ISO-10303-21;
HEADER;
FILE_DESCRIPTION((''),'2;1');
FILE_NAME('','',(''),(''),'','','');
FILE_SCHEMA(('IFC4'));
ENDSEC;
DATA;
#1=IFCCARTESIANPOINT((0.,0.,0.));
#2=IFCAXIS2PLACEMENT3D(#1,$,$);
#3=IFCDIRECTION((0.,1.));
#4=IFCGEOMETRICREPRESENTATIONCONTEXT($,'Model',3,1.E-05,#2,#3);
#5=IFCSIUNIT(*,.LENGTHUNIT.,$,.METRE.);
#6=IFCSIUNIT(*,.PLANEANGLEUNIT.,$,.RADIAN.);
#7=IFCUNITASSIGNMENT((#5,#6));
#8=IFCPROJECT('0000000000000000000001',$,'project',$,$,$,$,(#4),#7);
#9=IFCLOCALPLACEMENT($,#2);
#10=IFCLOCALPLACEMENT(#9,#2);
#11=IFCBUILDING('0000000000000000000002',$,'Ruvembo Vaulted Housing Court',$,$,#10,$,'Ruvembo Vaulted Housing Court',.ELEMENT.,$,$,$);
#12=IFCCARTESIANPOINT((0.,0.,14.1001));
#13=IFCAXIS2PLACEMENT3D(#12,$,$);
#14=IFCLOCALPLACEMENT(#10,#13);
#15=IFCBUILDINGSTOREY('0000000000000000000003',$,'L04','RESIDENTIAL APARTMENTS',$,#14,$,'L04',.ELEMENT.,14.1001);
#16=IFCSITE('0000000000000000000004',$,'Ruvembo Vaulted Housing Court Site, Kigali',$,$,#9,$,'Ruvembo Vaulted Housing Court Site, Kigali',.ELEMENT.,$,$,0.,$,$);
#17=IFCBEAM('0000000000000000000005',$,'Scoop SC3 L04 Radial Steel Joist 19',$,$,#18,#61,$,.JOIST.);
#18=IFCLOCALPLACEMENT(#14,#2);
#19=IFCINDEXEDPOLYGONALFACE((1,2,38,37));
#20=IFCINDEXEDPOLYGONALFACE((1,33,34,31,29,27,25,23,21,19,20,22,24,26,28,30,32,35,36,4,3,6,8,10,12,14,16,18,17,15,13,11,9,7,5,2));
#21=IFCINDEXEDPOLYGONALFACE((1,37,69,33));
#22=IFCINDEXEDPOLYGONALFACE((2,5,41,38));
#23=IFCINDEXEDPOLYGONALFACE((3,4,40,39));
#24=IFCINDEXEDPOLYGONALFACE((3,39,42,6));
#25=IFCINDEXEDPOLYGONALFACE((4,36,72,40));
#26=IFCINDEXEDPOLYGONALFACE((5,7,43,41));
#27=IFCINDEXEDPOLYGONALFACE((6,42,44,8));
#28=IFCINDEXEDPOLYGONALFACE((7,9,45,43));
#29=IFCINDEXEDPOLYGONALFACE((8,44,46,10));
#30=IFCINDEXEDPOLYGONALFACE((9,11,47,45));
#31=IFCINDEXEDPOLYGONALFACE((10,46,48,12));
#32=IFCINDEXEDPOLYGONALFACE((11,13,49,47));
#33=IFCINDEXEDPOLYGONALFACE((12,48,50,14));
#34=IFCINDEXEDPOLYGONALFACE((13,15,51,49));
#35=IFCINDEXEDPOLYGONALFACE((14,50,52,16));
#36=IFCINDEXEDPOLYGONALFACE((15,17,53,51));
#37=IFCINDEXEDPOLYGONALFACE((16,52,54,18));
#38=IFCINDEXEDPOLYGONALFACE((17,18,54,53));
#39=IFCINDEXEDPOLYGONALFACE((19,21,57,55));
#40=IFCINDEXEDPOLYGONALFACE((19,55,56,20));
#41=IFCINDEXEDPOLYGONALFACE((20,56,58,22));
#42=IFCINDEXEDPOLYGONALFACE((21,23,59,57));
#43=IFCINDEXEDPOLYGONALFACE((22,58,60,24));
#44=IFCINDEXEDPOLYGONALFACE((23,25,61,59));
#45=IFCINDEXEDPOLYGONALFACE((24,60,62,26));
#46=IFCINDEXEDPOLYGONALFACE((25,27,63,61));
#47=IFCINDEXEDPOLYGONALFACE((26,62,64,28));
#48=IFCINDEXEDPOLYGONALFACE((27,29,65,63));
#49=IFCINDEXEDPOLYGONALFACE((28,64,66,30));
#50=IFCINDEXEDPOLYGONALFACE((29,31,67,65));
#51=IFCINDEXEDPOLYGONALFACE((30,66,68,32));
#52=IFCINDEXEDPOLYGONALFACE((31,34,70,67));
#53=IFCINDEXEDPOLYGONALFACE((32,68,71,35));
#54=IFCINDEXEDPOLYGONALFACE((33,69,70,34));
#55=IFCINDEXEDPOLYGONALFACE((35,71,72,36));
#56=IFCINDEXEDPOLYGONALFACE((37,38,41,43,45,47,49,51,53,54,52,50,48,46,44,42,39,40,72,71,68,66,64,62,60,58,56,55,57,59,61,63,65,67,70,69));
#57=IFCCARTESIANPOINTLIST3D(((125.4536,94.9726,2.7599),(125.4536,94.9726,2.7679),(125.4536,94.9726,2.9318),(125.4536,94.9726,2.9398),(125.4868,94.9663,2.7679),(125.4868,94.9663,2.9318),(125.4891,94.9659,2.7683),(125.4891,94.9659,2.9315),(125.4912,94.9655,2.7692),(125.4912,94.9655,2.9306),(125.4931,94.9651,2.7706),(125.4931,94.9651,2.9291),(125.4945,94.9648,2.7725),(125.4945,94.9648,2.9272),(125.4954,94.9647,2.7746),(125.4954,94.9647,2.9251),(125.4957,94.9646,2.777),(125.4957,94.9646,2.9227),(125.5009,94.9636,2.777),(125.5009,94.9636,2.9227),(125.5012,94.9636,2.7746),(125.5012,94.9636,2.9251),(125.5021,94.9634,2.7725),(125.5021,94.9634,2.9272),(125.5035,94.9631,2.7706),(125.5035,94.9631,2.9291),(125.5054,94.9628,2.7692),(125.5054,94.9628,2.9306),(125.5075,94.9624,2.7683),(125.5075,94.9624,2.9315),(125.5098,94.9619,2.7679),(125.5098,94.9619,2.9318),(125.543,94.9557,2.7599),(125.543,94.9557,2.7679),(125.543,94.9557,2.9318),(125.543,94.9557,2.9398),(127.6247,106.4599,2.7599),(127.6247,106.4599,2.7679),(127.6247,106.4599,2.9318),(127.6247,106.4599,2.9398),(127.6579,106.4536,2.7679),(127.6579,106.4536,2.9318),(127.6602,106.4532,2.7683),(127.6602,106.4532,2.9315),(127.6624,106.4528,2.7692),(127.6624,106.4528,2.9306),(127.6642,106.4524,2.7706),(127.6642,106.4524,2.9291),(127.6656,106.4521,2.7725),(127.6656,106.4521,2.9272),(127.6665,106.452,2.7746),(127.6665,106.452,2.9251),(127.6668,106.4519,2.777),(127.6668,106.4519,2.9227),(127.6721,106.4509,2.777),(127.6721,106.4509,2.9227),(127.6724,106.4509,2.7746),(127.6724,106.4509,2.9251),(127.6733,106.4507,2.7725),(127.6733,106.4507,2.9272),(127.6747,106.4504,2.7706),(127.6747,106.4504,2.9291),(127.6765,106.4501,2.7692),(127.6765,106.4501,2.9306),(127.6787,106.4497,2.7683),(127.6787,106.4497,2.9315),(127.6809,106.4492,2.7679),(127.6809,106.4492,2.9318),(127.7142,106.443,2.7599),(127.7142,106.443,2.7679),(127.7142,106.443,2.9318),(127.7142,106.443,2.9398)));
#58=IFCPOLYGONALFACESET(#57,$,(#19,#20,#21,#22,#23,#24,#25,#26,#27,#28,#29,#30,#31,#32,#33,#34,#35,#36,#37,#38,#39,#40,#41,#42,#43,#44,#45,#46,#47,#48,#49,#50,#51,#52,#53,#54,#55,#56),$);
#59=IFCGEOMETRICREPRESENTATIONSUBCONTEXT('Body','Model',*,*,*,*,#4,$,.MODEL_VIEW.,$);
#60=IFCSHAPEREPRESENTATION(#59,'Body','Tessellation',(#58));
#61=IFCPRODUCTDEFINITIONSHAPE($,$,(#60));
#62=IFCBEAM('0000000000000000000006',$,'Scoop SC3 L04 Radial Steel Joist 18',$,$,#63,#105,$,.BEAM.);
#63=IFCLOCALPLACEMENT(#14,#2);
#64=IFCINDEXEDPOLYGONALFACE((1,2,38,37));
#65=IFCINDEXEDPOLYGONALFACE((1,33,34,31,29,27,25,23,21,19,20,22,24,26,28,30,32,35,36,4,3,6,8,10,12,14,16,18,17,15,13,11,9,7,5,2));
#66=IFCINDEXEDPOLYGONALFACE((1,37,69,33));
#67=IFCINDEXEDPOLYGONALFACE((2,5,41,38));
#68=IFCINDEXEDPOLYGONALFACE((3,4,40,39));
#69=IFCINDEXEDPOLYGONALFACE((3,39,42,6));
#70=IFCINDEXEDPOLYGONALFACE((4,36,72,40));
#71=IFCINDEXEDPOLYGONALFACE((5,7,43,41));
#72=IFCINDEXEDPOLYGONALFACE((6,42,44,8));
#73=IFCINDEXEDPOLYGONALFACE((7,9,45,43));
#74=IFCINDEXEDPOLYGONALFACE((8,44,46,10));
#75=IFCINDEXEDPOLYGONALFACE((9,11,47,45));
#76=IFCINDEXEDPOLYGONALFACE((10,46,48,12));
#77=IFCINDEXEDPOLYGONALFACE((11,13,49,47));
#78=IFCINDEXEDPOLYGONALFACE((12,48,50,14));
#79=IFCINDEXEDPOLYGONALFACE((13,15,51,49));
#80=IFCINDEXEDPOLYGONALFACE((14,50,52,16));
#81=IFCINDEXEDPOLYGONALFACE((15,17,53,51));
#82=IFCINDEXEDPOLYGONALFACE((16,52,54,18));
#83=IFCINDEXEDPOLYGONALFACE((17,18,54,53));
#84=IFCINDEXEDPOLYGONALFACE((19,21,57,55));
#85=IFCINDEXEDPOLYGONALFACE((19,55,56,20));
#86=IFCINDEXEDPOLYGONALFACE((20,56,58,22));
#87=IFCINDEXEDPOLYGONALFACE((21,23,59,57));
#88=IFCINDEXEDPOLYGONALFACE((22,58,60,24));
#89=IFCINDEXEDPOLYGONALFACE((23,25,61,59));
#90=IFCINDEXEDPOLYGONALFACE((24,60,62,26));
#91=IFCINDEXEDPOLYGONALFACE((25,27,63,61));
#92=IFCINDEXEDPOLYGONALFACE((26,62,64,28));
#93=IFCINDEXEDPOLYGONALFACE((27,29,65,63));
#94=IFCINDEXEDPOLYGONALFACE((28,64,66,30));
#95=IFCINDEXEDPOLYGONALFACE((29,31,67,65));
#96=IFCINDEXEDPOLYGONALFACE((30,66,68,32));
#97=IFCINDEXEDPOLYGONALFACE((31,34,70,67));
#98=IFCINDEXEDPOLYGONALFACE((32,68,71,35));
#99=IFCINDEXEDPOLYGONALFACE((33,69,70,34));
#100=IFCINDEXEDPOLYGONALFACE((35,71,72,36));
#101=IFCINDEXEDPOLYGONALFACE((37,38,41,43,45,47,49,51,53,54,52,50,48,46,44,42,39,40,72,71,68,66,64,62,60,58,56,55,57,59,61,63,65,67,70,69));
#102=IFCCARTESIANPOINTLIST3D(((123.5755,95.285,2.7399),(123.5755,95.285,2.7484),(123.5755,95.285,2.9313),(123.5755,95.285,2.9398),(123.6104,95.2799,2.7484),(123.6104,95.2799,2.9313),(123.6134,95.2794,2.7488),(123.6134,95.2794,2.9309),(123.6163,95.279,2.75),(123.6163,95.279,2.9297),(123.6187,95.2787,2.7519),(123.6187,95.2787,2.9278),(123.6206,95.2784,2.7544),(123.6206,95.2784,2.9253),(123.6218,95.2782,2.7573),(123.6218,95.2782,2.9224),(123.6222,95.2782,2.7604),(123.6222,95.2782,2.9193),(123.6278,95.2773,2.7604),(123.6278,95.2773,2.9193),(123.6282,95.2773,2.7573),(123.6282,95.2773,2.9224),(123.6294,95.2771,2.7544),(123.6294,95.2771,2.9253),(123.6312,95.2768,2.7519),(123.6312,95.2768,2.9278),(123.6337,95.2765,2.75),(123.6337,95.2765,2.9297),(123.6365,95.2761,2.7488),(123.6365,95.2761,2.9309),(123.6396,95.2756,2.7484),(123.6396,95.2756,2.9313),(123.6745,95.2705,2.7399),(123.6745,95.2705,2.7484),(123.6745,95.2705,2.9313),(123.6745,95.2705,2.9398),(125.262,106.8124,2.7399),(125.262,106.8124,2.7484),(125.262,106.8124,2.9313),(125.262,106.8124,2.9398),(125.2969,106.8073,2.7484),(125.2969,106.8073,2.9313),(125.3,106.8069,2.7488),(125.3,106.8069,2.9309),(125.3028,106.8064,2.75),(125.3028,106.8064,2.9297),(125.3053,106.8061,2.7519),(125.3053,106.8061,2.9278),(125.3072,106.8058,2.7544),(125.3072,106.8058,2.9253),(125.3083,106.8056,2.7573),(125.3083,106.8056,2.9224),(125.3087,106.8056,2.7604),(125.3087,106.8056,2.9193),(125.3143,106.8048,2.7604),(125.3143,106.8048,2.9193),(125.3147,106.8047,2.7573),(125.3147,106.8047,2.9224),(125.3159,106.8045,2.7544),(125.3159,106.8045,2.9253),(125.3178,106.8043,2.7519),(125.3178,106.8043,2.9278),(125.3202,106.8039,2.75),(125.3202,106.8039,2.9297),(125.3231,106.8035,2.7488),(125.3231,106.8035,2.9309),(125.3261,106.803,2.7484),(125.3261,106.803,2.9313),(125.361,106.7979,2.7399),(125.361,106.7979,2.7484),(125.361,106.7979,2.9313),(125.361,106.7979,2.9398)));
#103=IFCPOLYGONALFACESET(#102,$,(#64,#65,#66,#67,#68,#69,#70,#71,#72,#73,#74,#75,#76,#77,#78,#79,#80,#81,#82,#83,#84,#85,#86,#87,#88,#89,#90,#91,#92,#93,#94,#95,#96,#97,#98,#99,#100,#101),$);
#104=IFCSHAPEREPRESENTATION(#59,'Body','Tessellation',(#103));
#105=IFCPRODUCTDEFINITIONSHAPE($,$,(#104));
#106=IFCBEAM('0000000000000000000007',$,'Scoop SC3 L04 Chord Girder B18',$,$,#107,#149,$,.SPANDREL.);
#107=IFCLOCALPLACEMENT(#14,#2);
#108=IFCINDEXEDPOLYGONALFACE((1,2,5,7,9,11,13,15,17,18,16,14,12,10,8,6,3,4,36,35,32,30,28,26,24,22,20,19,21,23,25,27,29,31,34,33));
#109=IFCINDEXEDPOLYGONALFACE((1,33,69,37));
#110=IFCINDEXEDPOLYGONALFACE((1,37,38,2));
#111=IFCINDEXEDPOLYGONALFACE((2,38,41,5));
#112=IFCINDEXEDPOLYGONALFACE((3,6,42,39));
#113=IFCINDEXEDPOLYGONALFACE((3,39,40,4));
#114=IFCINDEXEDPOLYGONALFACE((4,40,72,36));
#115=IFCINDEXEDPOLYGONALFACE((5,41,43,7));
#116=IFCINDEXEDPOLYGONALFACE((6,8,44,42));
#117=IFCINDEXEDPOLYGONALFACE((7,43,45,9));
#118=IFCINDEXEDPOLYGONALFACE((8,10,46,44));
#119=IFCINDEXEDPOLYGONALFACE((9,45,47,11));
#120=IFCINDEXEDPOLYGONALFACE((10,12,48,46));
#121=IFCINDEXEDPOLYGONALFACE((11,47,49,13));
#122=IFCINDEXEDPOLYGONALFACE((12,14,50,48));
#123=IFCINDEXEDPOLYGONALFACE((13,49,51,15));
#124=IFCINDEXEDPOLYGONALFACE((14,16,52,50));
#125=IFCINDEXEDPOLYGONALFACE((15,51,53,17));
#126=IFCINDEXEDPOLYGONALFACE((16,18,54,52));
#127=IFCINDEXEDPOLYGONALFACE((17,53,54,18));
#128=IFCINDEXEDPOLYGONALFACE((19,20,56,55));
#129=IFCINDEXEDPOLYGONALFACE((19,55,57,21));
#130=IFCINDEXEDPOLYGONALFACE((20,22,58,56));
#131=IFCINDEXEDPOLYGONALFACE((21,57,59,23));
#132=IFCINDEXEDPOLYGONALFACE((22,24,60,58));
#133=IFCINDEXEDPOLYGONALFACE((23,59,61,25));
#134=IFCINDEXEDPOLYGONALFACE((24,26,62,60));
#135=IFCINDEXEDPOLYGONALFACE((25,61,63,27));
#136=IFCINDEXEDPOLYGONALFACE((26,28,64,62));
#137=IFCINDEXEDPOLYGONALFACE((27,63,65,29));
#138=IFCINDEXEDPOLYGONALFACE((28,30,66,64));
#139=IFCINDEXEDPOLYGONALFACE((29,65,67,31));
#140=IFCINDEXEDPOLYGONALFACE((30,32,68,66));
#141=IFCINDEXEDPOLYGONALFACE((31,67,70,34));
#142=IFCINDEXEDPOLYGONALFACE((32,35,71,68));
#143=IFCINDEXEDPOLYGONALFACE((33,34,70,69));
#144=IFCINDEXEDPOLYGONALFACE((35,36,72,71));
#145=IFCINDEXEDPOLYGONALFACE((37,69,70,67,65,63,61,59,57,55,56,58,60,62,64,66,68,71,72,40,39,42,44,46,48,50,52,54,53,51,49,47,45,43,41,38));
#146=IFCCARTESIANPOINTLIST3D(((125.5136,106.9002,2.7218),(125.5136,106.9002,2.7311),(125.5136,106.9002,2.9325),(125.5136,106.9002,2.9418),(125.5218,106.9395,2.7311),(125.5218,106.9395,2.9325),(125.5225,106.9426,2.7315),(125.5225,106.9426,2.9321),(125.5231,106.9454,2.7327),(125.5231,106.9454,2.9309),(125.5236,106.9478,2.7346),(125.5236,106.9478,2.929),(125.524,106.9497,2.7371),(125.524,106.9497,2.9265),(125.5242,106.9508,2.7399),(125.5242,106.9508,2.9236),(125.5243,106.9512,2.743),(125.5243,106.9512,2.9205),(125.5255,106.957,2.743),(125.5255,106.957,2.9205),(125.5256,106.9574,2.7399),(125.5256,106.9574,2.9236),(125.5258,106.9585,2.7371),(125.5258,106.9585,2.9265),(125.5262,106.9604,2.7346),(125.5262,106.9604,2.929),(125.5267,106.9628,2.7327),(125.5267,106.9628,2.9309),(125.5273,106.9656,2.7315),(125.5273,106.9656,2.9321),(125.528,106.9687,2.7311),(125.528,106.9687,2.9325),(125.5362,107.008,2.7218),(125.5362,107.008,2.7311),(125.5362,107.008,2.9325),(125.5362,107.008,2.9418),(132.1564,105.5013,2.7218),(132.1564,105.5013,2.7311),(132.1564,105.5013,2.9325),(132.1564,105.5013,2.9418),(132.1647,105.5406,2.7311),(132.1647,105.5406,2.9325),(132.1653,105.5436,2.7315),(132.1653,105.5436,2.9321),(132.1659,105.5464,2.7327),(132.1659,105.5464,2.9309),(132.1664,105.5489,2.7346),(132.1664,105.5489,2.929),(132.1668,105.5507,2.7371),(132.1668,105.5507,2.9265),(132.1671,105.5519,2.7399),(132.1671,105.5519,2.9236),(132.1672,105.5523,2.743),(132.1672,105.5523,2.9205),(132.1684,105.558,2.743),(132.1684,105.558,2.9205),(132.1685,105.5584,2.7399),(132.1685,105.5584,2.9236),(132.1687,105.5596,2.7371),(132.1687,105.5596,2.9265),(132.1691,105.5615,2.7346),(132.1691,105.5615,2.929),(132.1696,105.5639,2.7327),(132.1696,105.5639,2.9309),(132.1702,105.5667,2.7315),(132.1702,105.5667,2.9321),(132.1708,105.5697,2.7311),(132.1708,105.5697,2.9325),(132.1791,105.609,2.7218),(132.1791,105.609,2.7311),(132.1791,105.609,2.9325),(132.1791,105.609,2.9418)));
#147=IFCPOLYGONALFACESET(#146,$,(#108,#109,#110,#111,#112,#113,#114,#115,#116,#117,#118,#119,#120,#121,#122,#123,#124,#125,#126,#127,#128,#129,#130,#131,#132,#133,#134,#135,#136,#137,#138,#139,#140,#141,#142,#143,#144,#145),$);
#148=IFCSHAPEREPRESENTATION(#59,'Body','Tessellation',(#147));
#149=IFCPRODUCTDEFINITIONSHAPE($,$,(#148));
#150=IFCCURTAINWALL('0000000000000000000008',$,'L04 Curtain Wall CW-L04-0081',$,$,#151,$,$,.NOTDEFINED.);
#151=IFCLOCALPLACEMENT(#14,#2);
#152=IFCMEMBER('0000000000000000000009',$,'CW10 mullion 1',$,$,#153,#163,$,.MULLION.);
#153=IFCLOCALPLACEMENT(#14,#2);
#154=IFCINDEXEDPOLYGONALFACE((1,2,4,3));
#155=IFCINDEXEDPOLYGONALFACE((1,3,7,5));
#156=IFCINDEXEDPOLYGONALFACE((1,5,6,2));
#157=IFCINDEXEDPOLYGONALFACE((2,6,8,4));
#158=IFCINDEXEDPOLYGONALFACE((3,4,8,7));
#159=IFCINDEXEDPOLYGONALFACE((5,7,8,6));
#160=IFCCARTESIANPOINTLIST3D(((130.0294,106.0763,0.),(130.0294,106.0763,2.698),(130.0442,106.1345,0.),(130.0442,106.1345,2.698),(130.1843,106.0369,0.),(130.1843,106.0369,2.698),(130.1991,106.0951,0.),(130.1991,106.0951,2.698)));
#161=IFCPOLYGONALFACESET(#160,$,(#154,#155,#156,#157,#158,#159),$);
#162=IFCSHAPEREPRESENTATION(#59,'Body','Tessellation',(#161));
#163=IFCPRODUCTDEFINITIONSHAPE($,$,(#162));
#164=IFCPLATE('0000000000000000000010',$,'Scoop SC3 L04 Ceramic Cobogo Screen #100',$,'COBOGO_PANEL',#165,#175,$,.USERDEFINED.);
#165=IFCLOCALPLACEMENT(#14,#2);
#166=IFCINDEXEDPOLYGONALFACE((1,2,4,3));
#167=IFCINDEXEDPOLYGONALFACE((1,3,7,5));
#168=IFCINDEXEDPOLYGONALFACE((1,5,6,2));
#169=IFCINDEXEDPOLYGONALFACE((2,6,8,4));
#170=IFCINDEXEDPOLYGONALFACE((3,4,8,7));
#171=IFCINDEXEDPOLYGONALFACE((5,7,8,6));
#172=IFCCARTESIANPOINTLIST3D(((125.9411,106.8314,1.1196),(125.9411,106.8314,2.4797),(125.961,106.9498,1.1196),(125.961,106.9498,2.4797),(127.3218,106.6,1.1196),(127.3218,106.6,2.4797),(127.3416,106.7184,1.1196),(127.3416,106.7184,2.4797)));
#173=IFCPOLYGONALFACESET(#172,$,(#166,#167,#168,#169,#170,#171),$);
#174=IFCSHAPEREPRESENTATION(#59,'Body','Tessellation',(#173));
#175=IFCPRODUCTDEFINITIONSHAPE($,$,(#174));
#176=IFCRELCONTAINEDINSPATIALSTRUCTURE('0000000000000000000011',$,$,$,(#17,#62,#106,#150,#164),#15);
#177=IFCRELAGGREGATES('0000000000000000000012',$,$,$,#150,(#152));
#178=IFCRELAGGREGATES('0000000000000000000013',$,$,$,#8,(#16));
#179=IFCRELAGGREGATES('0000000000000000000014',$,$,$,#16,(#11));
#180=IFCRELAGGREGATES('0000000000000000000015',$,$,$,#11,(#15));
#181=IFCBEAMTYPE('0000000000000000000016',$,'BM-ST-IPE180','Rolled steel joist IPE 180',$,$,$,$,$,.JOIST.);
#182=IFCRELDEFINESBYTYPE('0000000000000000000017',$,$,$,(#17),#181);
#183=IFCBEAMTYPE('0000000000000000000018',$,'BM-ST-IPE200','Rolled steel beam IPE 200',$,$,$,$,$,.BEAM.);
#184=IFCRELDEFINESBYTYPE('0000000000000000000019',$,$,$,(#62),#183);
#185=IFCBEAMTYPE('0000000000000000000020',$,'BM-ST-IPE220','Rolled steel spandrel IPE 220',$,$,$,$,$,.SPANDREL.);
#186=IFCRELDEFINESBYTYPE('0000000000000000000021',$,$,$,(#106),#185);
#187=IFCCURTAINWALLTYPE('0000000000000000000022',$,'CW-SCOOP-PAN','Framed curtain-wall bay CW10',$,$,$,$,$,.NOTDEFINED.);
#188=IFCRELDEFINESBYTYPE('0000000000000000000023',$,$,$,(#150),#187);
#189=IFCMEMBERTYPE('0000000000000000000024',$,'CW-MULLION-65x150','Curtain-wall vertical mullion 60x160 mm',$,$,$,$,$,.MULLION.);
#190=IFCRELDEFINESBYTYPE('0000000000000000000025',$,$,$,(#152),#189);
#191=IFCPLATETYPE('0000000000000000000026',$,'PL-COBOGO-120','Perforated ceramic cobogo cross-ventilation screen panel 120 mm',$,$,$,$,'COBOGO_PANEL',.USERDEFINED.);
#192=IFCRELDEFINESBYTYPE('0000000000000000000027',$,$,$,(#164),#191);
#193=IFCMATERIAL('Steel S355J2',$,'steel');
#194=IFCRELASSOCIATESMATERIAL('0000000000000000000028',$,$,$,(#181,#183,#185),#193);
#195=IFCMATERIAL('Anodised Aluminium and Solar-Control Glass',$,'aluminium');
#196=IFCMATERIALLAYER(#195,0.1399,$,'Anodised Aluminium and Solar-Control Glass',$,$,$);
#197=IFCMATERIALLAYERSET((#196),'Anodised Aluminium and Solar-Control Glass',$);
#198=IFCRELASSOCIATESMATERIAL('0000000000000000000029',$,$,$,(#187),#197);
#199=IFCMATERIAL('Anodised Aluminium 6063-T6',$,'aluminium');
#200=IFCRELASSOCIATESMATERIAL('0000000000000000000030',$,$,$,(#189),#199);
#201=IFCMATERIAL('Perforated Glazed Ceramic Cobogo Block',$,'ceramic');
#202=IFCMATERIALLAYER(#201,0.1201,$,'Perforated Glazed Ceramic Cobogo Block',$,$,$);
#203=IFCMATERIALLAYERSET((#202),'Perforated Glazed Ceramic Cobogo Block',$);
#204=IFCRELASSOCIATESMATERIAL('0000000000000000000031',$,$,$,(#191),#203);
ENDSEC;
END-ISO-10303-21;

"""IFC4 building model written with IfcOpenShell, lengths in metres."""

from ifc_helpers import new_model, si_unit, direction, frame, origin, origin_2d, place, context, subcontext, project, spatial, rectangle, i_section, extrude, material, layer, layer_set, material_profile, profile_set, type_object, element, aggregate, save


model = new_model("IFC4")

# Units and contexts
model_context = context("Model", 3, precision=1e-05, world=origin(), true_north=direction((0.0, 1.0)))
body_context = subcontext(model_context, "Body", "Model", "MODEL_VIEW")
ifc_project = project(units=[si_unit("LENGTHUNIT", "METRE"), si_unit("PLANEANGLEUNIT", "RADIAN")], contexts=[model_context])

# Site, building, storey
site_placement = place(None, origin())
site = spatial("IfcSite", under=ifc_project, at=site_placement, Name="Ruvembo Vaulted Housing Court Site, Kigali", LongName="Ruvembo Vaulted Housing Court Site, Kigali", CompositionType="ELEMENT", RefElevation=0.0)
building_placement = place(site_placement, origin())
building = spatial("IfcBuilding", under=site, at=building_placement, Name="Ruvembo Vaulted Housing Court", LongName="Ruvembo Vaulted Housing Court", CompositionType="ELEMENT")
storey_placement = place(building_placement, frame((0.0, 0.0, 14.1001)))
storey = spatial("IfcBuildingStorey", under=building, at=storey_placement, Name="L04", Description="RESIDENTIAL APARTMENTS", LongName="L04", CompositionType="ELEMENT", Elevation=14.1001)

# Beams
ifc_material_1 = material(Name="Steel S355J2", Category="steel")
ifc_material_profile_1 = material_profile(ifc_material_1, i_section(OverallWidth=0.0911, OverallDepth=0.1799, WebThickness=0.0054, FlangeThickness=0.0081, FilletRadius=0.009, at=origin_2d()), Name="IPE 180")
ifc_profile_set_1 = profile_set([ifc_material_profile_1], Name="Steel S355J2")
beam_type_1 = type_object("IfcBeamType", Name="BM-ST-IPE180", Description="Rolled steel joist IPE 180", PredefinedType="JOIST", material=ifc_profile_set_1)
for number, where, z_axis, x_axis, name in (
    (1, (127.6694, 106.4514, 2.8499), (-0.185716, -0.982604, 0.0), (0.982604, -0.185716, 0.0), "Scoop SC3 L04 Radial Steel Joist 19"),
):
    element("IfcBeam", number, at=place(storey_placement, frame(where, z_axis=z_axis, x_axis=x_axis)), inside=storey, type_object=beam_type_1, Name=name, PredefinedType="JOIST", context=body_context, shape_type="SweptSolid", body=[
        extrude(i_section(OverallWidth=0.0911, OverallDepth=0.1799, WebThickness=0.0054, FlangeThickness=0.0081, FilletRadius=0.009, at=origin_2d()), origin(), (0.0, 0.0, 1.0), 11.6907),
    ])
ifc_material_profile_2 = material_profile(ifc_material_1, i_section(OverallWidth=0.1001, OverallDepth=0.2, WebThickness=0.0056, FlangeThickness=0.0085, FilletRadius=0.012, at=origin_2d()), Name="IPE 200")
ifc_profile_set_2 = profile_set([ifc_material_profile_2], Name="Steel S355J2")
beam_type_2 = type_object("IfcBeamType", Name="BM-ST-IPE200", Description="Rolled steel beam IPE 200", PredefinedType="BEAM", material=ifc_profile_set_2)
beam_1_placement = place(storey_placement, frame((125.3115, 106.8052, 2.8398), z_axis=(-0.144765, -0.989466, 0.0), x_axis=(0.989466, -0.144765, 0.0)))
element("IfcBeam", 2, at=beam_1_placement, inside=storey, type_object=beam_type_2, Name="Scoop SC3 L04 Radial Steel Joist 18", PredefinedType="BEAM", context=body_context, shape_type="SweptSolid", body=[
    extrude(i_section(OverallWidth=0.1001, OverallDepth=0.2, WebThickness=0.0056, FlangeThickness=0.0085, FilletRadius=0.012, at=origin_2d()), origin(), (0.0, 0.0, 1.0), 11.6501),
])
ifc_material_profile_3 = material_profile(ifc_material_1, i_section(OverallWidth=0.1101, OverallDepth=0.22, WebThickness=0.0059, FlangeThickness=0.0093, FilletRadius=0.012, at=origin_2d()), Name="IPE 220")
ifc_profile_set_3 = profile_set([ifc_material_profile_3], Name="Steel S355J2")
beam_type_3 = type_object("IfcBeamType", Name="BM-ST-IPE220", Description="Rolled steel spandrel IPE 220", PredefinedType="SPANDREL", material=ifc_profile_set_3)
beam_2_placement = place(storey_placement, frame((125.5249, 106.9541, 2.8318), z_axis=(0.978537, -0.206072, 0.0), x_axis=(0.206072, 0.978537, 0.0)))
element("IfcBeam", 3, at=beam_2_placement, inside=storey, type_object=beam_type_3, Name="Scoop SC3 L04 Chord Girder B18", PredefinedType="SPANDREL", context=body_context, shape_type="SweptSolid", body=[
    extrude(i_section(OverallWidth=0.1101, OverallDepth=0.22, WebThickness=0.0059, FlangeThickness=0.0093, FilletRadius=0.012, at=origin_2d()), origin(), (0.0, 0.0, 1.0), 6.7886),
])

# Curtain wall, member
ifc_material_2 = material(Name="Anodised Aluminium and Solar-Control Glass", Category="aluminium")
ifc_layer_1 = layer(ifc_material_2, 0.1399, Name="Anodised Aluminium and Solar-Control Glass")
ifc_layer_set_1 = layer_set([ifc_layer_1], Name="Anodised Aluminium and Solar-Control Glass")
curtain_wall_type = type_object("IfcCurtainWallType", Name="CW-SCOOP-PAN", Description="Framed curtain-wall bay CW10", PredefinedType="NOTDEFINED", material=ifc_layer_set_1)
curtain_wall_placement = place(storey_placement, origin())
curtain_wall = element("IfcCurtainWall", 4, at=curtain_wall_placement, inside=storey, type_object=curtain_wall_type, Name="L04 Curtain Wall CW-L04-0081", PredefinedType="NOTDEFINED")
ifc_material_3 = material(Name="Anodised Aluminium 6063-T6", Category="aluminium")
ifc_material_profile_4 = material_profile(ifc_material_3, rectangle(XDim=0.0601, YDim=0.1599, at=origin_2d()), Name="ALU 60x160")
ifc_profile_set_4 = profile_set([ifc_material_profile_4], Name="Anodised Aluminium 6063-T6")
member_type = type_object("IfcMemberType", Name="CW-MULLION-65x150", Description="Curtain-wall vertical mullion 60x160 mm", PredefinedType="MULLION", material=ifc_profile_set_4)
member_placement = place(storey_placement, frame((130.1143, 106.0857, 0.0), z_axis=(0.0, 0.0, 1.0), x_axis=(0.246511, 0.96914, 0.0)))
member = element("IfcMember", 5, at=member_placement, type_object=member_type, Name="CW10 mullion 1", PredefinedType="MULLION", context=body_context, shape_type="SweptSolid", body=[
    extrude(rectangle(XDim=0.0601, YDim=0.1599, at=origin_2d()), origin(), (0.0, 0.0, 1.0), 2.698),
])
aggregate(curtain_wall, [member])

# Plate
ifc_material_4 = material(Name="Perforated Glazed Ceramic Cobogo Block", Category="ceramic")
ifc_layer_2 = layer(ifc_material_4, 0.1201, Name="Perforated Glazed Ceramic Cobogo Block")
ifc_layer_set_2 = layer_set([ifc_layer_2], Name="Perforated Glazed Ceramic Cobogo Block")
plate_type = type_object("IfcPlateType", Name="PL-COBOGO-120", Description="Perforated ceramic cobogo cross-ventilation screen panel 120 mm", ElementType="COBOGO_PANEL", PredefinedType="USERDEFINED", material=ifc_layer_set_2)
plate_placement = place(storey_placement, frame((126.6414, 106.7749, 1.1196), z_axis=(0.0, 0.0, 1.0), x_axis=(0.986245, -0.165289, 0.0)))
element("IfcPlate", 6, at=plate_placement, inside=storey, type_object=plate_type, Name="Scoop SC3 L04 Ceramic Cobogo Screen #100", ObjectType="COBOGO_PANEL", PredefinedType="USERDEFINED", context=body_context, shape_type="SweptSolid", body=[
    extrude(rectangle(XDim=1.3999, YDim=0.1201, at=origin_2d()), origin(), (0.0, 0.0, 1.0), 1.3601),
])

save(model, "model.ifc")
